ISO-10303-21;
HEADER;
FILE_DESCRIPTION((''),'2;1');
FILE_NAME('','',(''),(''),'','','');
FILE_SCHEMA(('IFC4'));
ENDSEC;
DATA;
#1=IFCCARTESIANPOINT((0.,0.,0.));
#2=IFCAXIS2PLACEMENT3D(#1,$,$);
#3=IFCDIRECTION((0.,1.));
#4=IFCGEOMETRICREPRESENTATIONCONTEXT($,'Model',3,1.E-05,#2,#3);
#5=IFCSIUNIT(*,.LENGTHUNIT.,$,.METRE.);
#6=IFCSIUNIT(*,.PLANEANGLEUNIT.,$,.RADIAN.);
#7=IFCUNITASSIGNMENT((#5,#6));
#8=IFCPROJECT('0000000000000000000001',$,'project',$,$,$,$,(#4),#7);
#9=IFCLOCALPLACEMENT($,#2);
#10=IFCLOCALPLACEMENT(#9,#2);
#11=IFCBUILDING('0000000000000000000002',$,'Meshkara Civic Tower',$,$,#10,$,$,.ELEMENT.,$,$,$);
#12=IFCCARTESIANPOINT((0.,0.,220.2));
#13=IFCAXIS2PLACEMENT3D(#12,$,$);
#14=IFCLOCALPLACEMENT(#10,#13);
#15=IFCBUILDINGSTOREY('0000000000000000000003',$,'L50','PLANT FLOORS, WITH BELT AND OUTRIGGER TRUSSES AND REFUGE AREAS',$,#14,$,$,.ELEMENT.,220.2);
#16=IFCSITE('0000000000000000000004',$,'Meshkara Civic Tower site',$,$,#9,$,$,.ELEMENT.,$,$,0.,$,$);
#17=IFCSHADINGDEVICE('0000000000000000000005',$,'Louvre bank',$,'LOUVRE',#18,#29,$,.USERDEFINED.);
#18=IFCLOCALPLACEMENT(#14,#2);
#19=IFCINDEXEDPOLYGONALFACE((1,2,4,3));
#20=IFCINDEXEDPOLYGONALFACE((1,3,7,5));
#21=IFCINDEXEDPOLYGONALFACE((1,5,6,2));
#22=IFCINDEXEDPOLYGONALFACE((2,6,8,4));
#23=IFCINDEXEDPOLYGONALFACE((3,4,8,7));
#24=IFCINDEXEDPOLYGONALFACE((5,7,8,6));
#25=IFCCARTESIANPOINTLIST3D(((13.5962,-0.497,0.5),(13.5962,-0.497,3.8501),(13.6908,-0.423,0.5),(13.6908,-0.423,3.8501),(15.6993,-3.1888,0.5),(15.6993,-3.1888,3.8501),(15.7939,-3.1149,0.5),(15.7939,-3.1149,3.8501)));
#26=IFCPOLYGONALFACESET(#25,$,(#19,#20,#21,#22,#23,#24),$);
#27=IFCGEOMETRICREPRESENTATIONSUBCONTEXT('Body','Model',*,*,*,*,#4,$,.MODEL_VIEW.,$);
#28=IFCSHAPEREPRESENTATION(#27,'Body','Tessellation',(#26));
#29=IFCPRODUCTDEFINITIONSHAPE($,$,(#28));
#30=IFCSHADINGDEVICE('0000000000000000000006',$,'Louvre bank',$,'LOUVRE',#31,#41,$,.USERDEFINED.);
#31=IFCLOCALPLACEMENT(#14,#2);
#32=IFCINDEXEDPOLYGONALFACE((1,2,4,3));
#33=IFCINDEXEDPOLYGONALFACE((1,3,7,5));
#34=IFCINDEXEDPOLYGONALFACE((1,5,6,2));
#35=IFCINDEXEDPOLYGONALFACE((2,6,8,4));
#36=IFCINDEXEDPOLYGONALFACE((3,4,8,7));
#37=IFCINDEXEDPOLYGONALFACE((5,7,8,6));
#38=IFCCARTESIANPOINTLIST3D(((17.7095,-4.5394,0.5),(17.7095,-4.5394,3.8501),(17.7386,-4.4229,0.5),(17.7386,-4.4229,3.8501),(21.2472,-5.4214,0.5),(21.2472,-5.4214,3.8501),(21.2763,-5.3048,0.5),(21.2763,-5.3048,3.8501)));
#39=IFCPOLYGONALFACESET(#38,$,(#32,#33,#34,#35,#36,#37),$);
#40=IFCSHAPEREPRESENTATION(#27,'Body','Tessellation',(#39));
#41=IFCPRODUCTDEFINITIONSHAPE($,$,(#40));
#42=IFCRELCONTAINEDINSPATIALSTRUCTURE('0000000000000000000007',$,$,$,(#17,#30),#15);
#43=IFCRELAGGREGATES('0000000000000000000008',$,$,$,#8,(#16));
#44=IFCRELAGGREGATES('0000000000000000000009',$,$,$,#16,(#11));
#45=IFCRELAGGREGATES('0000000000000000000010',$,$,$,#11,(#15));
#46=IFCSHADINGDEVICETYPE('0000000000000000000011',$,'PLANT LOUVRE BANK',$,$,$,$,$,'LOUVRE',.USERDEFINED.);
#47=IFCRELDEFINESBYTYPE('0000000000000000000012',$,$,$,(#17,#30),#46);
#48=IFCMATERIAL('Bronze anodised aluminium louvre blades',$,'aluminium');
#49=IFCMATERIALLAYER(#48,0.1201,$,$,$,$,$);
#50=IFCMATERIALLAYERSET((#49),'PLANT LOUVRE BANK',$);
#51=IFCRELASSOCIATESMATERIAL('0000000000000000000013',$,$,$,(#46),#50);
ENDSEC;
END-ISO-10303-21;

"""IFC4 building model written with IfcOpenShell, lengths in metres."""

from ifc_helpers import new_model, si_unit, direction, frame, origin, origin_2d, place, context, subcontext, project, spatial, rectangle, extrude, material, layer, layer_set, type_object, element, save


model = new_model("IFC4")

# Units and contexts
model_context = context("Model", 3, precision=1e-05, world=origin(), true_north=direction((0.0, 1.0)))
body_context = subcontext(model_context, "Body", "Model", "MODEL_VIEW")
ifc_project = project(units=[si_unit("LENGTHUNIT", "METRE"), si_unit("PLANEANGLEUNIT", "RADIAN")], contexts=[model_context])

# Site, building, storey
site_placement = place(None, origin())
site = spatial("IfcSite", under=ifc_project, at=site_placement, Name="Meshkara Civic Tower site", CompositionType="ELEMENT", RefElevation=0.0)
building_placement = place(site_placement, origin())
building = spatial("IfcBuilding", under=site, at=building_placement, Name="Meshkara Civic Tower", CompositionType="ELEMENT")
storey_placement = place(building_placement, frame((0.0, 0.0, 220.2)))
storey = spatial("IfcBuildingStorey", under=building, at=storey_placement, Name="L50", Description="PLANT FLOORS, WITH BELT AND OUTRIGGER TRUSSES AND REFUGE AREAS", CompositionType="ELEMENT", Elevation=220.2)

# Shading devices
ifc_material_1 = material(Name="Bronze anodised aluminium louvre blades", Category="aluminium")
ifc_layer_1 = layer(ifc_material_1, 0.1201)
ifc_layer_set_1 = layer_set([ifc_layer_1], Name="PLANT LOUVRE BANK")
shading_device_type = type_object("IfcShadingDeviceType", Name="PLANT LOUVRE BANK", ElementType="LOUVRE", PredefinedType="USERDEFINED", material=ifc_layer_set_1)
shading_device_1_placement = place(storey_placement, frame((14.6951, -1.8059, 0.5), z_axis=(0.0, 0.0, 1.0), x_axis=(0.615661, -0.788011, 0.0)))
element("IfcShadingDevice", 1, at=shading_device_1_placement, inside=storey, type_object=shading_device_type, Name="Louvre bank", ObjectType="LOUVRE", PredefinedType="USERDEFINED", context=body_context, shape_type="SweptSolid", body=[
    extrude(rectangle(XDim=3.416, YDim=0.1201, at=origin_2d()), origin(), (0.0, 0.0, 1.0), 3.3501),
])
shading_device_2_placement = place(storey_placement, frame((19.4929, -4.9221, 0.5), z_axis=(0.0, 0.0, 1.0), x_axis=(0.9703, -0.241905, 0.0)))
element("IfcShadingDevice", 2, at=shading_device_2_placement, inside=storey, type_object=shading_device_type, Name="Louvre bank", ObjectType="LOUVRE", PredefinedType="USERDEFINED", context=body_context, shape_type="SweptSolid", body=[
    extrude(rectangle(XDim=3.646, YDim=0.1201, at=origin_2d()), origin(), (0.0, 0.0, 1.0), 3.3501),
])

save(model, "model.ifc")
